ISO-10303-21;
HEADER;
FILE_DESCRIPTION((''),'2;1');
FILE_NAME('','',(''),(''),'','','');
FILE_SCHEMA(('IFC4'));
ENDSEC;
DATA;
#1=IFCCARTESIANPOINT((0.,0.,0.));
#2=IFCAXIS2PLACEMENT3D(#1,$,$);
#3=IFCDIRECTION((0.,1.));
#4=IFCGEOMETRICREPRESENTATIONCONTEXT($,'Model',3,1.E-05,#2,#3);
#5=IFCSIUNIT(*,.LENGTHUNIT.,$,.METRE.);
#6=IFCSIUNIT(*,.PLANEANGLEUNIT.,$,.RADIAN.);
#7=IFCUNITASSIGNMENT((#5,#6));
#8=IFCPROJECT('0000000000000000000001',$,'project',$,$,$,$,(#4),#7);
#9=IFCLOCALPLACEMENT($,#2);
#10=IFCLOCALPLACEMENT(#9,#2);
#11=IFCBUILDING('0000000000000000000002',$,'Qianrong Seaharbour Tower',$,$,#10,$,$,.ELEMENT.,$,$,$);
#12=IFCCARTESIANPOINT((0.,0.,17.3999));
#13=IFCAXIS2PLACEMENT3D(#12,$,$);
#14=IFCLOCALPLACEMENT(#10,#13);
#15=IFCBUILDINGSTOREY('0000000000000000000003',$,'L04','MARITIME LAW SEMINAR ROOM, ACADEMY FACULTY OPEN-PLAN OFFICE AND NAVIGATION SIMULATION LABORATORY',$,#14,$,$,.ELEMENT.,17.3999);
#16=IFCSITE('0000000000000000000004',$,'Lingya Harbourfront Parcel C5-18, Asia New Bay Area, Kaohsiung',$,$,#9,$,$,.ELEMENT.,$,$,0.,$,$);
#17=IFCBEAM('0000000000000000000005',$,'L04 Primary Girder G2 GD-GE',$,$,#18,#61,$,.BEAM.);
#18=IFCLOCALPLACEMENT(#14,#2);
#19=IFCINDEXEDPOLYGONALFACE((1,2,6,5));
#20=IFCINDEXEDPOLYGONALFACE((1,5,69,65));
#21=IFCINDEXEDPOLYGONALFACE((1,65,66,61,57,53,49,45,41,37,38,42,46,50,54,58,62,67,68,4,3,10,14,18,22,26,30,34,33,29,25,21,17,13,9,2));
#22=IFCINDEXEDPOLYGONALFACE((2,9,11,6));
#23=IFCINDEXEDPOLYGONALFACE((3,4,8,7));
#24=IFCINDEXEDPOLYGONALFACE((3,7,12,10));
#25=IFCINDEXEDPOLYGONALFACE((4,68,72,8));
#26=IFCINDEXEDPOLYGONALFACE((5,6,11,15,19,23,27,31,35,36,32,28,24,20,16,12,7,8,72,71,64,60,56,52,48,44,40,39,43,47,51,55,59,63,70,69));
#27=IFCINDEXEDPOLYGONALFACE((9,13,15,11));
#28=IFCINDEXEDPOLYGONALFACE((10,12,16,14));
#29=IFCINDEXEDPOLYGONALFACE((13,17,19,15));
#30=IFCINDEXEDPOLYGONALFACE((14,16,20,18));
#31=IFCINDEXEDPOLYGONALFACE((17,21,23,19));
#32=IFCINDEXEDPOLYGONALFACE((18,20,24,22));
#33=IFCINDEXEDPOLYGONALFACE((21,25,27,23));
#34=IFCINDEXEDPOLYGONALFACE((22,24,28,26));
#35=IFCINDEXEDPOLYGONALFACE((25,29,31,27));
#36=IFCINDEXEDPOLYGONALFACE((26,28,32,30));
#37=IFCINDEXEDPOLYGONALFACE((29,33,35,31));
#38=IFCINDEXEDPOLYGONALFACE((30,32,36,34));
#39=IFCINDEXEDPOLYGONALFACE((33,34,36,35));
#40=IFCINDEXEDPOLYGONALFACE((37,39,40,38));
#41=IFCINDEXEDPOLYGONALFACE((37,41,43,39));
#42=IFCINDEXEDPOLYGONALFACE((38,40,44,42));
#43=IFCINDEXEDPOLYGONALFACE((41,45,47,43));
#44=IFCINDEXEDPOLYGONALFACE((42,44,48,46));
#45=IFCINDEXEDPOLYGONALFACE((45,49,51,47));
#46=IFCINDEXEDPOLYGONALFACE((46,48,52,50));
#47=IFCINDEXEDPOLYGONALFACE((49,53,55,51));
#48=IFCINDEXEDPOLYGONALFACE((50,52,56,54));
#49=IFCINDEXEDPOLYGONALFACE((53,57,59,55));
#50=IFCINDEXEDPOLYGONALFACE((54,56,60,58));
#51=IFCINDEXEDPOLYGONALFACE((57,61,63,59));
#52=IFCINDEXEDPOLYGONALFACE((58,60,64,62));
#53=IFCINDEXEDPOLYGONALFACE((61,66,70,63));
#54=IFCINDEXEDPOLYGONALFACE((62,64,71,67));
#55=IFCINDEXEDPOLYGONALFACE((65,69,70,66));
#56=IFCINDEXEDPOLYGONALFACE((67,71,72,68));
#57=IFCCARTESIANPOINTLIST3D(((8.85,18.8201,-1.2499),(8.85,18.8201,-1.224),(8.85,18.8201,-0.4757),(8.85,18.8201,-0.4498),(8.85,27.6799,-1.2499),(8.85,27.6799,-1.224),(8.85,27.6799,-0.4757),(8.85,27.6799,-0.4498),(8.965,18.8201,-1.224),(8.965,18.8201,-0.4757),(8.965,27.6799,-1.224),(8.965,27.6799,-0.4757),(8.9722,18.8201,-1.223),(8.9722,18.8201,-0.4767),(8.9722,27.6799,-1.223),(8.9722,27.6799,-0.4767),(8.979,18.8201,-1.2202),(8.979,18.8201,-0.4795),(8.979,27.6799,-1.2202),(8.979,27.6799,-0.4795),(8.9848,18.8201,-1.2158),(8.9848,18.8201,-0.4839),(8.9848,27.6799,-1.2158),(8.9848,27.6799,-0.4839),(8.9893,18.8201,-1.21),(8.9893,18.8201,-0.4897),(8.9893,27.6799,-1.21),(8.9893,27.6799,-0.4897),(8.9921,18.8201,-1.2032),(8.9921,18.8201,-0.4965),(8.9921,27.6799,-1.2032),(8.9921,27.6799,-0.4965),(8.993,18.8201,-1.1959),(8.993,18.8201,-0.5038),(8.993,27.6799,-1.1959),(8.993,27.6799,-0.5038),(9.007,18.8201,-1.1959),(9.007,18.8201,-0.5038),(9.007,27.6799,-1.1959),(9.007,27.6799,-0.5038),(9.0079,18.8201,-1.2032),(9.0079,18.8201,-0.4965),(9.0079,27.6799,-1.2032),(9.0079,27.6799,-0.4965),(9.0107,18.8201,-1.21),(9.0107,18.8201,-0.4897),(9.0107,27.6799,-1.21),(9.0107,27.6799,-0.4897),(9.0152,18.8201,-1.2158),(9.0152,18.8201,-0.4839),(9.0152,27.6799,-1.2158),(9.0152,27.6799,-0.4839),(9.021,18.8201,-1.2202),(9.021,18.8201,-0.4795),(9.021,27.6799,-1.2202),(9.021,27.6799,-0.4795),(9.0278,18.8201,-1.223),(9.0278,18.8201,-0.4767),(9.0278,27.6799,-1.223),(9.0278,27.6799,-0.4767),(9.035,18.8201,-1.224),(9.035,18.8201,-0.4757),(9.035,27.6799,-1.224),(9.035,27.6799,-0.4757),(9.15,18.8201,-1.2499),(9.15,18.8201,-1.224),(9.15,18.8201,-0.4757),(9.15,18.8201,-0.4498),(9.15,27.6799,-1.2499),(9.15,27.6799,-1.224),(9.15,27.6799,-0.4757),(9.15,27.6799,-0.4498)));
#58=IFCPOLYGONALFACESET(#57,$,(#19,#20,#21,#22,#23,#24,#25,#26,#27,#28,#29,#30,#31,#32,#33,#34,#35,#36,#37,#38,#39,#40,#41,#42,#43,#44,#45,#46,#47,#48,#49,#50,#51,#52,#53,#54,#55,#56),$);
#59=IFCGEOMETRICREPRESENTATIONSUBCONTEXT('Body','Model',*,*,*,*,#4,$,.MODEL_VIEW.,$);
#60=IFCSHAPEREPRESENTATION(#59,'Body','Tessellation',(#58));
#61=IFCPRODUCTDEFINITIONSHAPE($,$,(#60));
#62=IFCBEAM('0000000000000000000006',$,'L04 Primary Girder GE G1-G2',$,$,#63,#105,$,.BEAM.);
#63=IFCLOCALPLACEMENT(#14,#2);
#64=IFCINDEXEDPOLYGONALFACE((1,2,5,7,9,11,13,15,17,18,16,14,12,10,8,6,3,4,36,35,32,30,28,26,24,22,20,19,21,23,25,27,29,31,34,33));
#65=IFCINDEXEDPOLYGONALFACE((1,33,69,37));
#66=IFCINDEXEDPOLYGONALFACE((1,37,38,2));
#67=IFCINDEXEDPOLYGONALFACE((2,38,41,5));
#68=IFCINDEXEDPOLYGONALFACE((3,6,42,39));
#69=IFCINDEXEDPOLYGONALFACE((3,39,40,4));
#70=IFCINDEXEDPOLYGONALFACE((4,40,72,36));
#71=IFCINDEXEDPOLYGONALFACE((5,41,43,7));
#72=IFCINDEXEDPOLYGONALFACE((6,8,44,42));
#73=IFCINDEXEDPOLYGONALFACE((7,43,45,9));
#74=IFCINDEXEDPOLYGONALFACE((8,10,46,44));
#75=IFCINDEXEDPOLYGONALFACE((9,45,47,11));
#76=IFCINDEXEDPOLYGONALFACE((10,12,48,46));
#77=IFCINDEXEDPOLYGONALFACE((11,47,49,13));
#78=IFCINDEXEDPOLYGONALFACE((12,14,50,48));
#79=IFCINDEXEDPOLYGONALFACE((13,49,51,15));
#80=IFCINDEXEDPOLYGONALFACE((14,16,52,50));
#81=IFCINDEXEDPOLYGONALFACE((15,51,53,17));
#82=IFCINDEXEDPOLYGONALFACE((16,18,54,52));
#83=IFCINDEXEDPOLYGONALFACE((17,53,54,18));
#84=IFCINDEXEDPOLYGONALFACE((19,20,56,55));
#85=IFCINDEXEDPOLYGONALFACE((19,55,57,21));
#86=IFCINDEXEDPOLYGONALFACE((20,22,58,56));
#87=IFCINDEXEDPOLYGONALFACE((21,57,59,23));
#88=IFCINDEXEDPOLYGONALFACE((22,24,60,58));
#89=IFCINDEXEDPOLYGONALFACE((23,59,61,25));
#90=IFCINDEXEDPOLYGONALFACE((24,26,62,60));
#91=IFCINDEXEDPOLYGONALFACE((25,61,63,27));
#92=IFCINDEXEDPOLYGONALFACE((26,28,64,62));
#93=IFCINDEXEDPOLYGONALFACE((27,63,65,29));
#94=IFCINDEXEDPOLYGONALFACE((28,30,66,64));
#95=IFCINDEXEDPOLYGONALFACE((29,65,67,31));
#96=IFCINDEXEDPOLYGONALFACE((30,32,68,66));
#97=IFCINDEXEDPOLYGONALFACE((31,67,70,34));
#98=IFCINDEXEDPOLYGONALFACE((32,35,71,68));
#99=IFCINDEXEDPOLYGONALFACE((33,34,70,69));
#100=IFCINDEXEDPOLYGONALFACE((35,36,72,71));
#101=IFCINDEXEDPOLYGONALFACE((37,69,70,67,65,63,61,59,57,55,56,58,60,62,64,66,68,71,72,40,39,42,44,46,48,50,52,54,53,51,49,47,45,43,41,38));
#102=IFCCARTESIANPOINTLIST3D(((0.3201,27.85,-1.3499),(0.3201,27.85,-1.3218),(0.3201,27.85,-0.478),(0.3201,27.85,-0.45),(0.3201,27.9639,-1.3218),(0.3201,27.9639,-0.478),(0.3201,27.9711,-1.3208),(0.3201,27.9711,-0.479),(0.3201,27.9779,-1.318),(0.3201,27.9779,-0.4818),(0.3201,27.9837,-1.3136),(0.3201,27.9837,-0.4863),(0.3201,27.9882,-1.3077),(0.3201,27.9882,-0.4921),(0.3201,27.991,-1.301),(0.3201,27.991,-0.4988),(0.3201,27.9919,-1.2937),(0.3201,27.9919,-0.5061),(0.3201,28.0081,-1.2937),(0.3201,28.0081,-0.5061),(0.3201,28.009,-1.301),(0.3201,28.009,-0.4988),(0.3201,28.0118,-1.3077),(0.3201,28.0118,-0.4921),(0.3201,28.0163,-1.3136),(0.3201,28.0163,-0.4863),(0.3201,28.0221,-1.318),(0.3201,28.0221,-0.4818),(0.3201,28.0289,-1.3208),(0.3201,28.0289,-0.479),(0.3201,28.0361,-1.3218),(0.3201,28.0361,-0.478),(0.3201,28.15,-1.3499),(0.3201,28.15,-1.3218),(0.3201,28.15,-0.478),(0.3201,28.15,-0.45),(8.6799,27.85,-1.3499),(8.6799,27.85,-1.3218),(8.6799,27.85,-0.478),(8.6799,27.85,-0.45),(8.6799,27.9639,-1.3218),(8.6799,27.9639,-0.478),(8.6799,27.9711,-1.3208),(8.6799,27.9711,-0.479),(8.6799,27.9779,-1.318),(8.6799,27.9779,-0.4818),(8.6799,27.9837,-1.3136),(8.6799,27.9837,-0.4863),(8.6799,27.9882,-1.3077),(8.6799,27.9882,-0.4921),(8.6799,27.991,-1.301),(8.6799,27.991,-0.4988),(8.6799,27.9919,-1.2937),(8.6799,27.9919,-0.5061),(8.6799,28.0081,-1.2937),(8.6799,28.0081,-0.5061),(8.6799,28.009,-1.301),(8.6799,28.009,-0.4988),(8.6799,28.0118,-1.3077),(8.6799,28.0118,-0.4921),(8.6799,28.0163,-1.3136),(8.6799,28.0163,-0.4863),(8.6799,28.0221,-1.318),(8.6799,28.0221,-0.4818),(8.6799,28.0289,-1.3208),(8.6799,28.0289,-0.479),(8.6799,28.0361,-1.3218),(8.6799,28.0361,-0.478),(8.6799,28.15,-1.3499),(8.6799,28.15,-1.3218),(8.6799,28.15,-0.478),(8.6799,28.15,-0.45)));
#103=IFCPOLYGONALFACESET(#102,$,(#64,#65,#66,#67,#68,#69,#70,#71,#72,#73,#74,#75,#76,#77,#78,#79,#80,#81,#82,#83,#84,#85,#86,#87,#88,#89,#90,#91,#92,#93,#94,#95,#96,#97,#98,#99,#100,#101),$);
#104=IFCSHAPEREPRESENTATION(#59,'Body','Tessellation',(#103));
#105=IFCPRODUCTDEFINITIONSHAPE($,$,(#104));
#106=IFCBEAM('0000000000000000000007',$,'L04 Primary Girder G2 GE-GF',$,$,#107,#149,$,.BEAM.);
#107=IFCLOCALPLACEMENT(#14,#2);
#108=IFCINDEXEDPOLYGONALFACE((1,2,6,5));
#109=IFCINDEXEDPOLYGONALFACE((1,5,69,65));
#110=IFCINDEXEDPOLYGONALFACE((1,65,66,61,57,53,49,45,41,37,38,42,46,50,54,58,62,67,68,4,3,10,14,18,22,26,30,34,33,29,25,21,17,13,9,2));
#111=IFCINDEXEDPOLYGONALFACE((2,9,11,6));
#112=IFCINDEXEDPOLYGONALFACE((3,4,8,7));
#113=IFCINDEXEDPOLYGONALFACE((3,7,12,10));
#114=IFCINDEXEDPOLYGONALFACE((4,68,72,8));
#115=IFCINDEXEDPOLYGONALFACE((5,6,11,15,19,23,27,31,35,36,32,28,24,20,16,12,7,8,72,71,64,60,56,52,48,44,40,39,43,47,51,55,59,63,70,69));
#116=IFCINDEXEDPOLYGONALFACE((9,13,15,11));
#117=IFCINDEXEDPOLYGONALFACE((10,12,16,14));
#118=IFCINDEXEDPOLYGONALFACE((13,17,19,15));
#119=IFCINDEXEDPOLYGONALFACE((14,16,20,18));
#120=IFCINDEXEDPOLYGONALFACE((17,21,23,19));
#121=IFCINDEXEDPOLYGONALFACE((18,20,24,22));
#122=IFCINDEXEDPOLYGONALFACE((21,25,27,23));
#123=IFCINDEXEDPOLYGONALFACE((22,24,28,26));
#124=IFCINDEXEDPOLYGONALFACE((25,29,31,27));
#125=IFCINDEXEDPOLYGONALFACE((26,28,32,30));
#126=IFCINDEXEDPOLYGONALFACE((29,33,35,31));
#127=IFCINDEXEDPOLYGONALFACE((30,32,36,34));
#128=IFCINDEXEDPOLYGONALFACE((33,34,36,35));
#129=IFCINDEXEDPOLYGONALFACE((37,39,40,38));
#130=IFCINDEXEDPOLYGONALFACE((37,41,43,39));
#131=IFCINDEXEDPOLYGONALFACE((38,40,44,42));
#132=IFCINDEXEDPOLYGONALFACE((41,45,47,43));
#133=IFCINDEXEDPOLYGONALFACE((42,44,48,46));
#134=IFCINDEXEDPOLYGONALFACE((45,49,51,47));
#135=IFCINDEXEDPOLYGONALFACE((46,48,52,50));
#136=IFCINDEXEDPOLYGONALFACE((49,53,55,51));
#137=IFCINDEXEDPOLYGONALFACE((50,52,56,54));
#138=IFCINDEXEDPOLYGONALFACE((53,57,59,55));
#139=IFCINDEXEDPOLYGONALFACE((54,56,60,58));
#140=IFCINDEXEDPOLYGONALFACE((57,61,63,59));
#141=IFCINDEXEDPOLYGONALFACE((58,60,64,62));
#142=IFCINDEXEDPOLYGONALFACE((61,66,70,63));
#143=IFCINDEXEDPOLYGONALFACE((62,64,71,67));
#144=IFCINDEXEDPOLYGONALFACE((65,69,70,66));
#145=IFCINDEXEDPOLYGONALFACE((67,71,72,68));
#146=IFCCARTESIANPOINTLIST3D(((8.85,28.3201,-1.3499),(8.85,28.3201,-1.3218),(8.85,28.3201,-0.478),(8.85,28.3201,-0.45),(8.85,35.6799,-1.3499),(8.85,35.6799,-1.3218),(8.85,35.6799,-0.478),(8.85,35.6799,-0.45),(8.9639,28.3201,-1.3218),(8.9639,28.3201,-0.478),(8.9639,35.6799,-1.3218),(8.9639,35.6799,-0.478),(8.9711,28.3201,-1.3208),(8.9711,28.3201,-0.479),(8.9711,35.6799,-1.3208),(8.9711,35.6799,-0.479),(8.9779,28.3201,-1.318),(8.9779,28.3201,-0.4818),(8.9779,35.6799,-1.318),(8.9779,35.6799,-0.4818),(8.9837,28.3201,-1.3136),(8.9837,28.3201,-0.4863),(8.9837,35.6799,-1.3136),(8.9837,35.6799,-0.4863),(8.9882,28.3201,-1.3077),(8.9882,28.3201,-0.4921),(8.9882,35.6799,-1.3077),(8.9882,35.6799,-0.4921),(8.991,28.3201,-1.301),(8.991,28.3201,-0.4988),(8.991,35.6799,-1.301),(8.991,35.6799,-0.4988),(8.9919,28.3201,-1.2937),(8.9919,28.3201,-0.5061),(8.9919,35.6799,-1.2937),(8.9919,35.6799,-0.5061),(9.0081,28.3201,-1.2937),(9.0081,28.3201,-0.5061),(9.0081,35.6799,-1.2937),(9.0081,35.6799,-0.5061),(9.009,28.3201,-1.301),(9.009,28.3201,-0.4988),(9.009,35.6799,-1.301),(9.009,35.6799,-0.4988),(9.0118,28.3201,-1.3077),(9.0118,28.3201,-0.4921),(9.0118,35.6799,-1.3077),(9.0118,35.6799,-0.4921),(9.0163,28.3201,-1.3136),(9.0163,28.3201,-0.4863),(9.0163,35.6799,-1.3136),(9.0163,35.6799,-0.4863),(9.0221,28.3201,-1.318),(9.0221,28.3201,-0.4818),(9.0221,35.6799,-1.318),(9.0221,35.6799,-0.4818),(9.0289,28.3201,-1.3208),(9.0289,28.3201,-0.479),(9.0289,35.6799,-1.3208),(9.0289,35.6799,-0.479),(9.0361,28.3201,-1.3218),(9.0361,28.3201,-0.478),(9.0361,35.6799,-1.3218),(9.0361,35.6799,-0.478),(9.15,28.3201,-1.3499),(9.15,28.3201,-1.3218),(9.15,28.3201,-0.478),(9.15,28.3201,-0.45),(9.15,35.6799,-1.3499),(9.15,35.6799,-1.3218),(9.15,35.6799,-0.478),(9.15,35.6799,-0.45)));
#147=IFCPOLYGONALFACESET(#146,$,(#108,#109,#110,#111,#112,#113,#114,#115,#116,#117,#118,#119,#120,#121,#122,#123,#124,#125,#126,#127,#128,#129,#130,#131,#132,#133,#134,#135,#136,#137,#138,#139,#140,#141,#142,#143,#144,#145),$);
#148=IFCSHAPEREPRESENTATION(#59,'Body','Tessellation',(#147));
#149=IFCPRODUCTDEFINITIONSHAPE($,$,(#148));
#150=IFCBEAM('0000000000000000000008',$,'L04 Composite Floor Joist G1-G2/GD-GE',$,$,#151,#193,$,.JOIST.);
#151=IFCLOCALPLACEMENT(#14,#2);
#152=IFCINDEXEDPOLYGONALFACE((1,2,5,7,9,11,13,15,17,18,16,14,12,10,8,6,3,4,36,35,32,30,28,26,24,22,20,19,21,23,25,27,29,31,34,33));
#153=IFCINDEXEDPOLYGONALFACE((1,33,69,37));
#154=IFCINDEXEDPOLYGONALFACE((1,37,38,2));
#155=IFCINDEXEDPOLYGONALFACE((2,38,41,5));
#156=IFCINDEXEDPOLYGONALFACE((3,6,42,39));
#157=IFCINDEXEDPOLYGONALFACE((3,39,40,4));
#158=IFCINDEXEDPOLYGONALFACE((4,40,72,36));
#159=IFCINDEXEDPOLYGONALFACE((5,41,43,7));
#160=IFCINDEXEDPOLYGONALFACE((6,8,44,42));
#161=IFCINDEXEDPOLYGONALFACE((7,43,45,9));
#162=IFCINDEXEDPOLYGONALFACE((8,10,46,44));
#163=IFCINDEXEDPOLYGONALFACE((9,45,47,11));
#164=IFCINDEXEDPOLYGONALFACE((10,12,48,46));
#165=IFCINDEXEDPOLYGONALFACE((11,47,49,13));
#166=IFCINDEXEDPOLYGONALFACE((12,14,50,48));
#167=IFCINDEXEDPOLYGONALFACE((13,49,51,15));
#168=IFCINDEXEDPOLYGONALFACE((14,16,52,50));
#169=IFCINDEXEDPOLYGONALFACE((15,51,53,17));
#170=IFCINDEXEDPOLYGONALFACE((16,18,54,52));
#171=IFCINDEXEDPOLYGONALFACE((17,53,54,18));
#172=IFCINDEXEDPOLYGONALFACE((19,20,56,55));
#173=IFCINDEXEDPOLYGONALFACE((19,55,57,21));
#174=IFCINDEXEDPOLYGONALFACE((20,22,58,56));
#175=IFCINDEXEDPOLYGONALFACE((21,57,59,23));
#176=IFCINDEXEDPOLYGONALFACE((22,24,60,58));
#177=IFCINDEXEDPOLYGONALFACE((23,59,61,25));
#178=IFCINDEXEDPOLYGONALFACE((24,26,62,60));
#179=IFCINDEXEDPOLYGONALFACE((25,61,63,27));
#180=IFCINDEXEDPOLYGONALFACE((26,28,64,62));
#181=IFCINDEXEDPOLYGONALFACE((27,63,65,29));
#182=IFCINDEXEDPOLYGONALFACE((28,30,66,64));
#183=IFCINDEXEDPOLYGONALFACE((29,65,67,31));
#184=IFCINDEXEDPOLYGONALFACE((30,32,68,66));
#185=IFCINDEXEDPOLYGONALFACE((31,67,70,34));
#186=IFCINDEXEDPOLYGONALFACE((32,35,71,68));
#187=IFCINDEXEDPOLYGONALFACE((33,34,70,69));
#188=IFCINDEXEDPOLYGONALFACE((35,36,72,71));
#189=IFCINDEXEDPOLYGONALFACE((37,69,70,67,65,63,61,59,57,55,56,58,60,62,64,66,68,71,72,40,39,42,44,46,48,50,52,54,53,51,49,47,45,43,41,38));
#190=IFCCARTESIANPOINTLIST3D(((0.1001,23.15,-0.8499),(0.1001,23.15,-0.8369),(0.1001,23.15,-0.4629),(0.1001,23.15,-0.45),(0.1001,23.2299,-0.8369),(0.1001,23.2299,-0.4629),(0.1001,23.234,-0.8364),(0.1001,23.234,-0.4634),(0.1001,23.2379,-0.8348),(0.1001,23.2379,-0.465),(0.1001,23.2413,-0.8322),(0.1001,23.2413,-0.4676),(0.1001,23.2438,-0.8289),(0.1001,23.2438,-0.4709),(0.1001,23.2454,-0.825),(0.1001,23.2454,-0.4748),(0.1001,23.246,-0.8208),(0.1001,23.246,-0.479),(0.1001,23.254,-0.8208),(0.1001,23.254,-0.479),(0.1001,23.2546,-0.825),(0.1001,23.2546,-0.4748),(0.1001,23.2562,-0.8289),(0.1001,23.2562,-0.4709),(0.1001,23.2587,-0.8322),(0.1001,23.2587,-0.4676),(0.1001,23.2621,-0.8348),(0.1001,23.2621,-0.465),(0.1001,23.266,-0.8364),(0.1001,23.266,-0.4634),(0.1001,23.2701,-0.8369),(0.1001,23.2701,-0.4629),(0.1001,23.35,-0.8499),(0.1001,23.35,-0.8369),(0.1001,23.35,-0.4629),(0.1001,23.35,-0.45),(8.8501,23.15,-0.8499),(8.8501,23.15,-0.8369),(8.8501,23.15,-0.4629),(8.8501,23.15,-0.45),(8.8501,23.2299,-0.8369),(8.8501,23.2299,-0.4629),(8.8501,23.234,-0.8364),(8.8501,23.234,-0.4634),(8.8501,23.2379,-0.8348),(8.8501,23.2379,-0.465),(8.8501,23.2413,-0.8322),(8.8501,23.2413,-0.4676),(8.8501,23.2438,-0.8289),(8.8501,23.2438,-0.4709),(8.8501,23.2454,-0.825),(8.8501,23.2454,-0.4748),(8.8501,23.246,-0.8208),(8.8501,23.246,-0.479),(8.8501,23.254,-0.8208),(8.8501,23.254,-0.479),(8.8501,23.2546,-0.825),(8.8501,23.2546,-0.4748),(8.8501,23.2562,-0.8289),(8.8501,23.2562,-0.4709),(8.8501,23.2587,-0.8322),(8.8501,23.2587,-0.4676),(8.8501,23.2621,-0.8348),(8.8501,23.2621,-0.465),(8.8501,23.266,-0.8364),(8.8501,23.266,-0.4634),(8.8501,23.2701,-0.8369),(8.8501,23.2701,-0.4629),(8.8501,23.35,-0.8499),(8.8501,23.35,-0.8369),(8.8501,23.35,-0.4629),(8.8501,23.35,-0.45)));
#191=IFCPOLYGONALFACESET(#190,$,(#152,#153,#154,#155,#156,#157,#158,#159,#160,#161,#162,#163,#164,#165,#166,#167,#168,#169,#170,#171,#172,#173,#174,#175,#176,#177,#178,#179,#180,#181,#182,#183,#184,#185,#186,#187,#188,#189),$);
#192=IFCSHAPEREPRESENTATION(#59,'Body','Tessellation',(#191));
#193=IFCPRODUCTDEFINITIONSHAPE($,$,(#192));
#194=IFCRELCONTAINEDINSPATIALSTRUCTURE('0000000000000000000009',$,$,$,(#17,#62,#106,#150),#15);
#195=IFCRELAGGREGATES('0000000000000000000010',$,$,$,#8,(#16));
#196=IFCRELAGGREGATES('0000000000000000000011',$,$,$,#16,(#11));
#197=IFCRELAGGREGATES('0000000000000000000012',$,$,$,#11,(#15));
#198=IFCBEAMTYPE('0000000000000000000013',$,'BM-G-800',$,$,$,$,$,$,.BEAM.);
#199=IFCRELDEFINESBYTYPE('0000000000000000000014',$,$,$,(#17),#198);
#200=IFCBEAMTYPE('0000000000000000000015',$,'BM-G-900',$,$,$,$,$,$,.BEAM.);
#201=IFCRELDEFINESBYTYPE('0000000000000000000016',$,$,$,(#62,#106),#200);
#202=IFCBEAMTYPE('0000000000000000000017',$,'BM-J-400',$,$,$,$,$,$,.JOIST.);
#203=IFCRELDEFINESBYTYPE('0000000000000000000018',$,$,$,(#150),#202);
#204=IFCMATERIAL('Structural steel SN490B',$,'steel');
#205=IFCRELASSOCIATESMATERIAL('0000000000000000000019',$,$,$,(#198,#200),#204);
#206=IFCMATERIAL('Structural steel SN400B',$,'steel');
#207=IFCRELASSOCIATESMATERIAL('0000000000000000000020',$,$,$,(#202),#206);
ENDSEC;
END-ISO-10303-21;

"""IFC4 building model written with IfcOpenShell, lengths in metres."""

from ifc_helpers import new_model, si_unit, direction, frame, origin, origin_2d, place, context, subcontext, project, spatial, i_section, extrude, material, material_profile, profile_set, type_object, element, save


model = new_model("IFC4")

# Units and contexts
model_context = context("Model", 3, precision=1e-05, world=origin(), true_north=direction((0.0, 1.0)))
body_context = subcontext(model_context, "Body", "Model", "MODEL_VIEW")
ifc_project = project(units=[si_unit("LENGTHUNIT", "METRE"), si_unit("PLANEANGLEUNIT", "RADIAN")], contexts=[model_context])

# Site, building, storey
site_placement = place(None, origin())
site = spatial("IfcSite", under=ifc_project, at=site_placement, Name="Lingya Harbourfront Parcel C5-18, Asia New Bay Area, Kaohsiung", CompositionType="ELEMENT", RefElevation=0.0)
building_placement = place(site_placement, origin())
building = spatial("IfcBuilding", under=site, at=building_placement, Name="Qianrong Seaharbour Tower", CompositionType="ELEMENT")
storey_placement = place(building_placement, frame((0.0, 0.0, 17.3999)))
storey = spatial("IfcBuildingStorey", under=building, at=storey_placement, Name="L04", Description="MARITIME LAW SEMINAR ROOM, ACADEMY FACULTY OPEN-PLAN OFFICE AND NAVIGATION SIMULATION LABORATORY", CompositionType="ELEMENT", Elevation=17.3999)

# Shared definitions
ifc_material_1 = material(Name="Structural steel SN490B", Category="steel")

# Beams
ifc_material_profile_1 = material_profile(ifc_material_1, i_section(OverallWidth=0.3, OverallDepth=0.8, WebThickness=0.0139, FlangeThickness=0.0259, FilletRadius=0.0281, at=origin_2d()), Name="H800x300x14x26")
ifc_profile_set_1 = profile_set([ifc_material_profile_1], Name="Structural steel SN490B")
beam_type_1 = type_object("IfcBeamType", Name="BM-G-800", PredefinedType="BEAM", material=ifc_profile_set_1)
beam_1_placement = place(storey_placement, frame((9.0, 18.8201, -0.8499), z_axis=(0.0, 1.0, 0.0), x_axis=(-1.0, 0.0, 0.0)))
element("IfcBeam", 1, at=beam_1_placement, inside=storey, type_object=beam_type_1, Name="L04 Primary Girder G2 GD-GE", PredefinedType="BEAM", context=body_context, shape_type="SweptSolid", body=[
    extrude(i_section(OverallWidth=0.3, OverallDepth=0.8, WebThickness=0.0139, FlangeThickness=0.0259, FilletRadius=0.0281, at=origin_2d()), origin(), (0.0, 0.0, 1.0), 8.8599),
])
ifc_material_profile_2 = material_profile(ifc_material_1, i_section(OverallWidth=0.3, OverallDepth=0.8999, WebThickness=0.0161, FlangeThickness=0.0281, FilletRadius=0.0281, at=origin_2d()), Name="H900x300x16x28")
ifc_profile_set_2 = profile_set([ifc_material_profile_2], Name="Structural steel SN490B")
beam_type_2 = type_object("IfcBeamType", Name="BM-G-900", PredefinedType="BEAM", material=ifc_profile_set_2)
beam_2_placement = place(storey_placement, frame((0.3201, 28.0, -0.8999), z_axis=(1.0, 0.0, 0.0), x_axis=(0.0, 1.0, 0.0)))
element("IfcBeam", 2, at=beam_2_placement, inside=storey, type_object=beam_type_2, Name="L04 Primary Girder GE G1-G2", PredefinedType="BEAM", context=body_context, shape_type="SweptSolid", body=[
    extrude(i_section(OverallWidth=0.3, OverallDepth=0.8999, WebThickness=0.0161, FlangeThickness=0.0281, FilletRadius=0.0281, at=origin_2d()), origin(), (0.0, 0.0, 1.0), 8.3599),
])
beam_3_placement = place(storey_placement, frame((9.0, 28.3201, -0.8999), z_axis=(0.0, 1.0, 0.0), x_axis=(-1.0, 0.0, 0.0)))
element("IfcBeam", 3, at=beam_3_placement, inside=storey, type_object=beam_type_2, Name="L04 Primary Girder G2 GE-GF", PredefinedType="BEAM", context=body_context, shape_type="SweptSolid", body=[
    extrude(i_section(OverallWidth=0.3, OverallDepth=0.8999, WebThickness=0.0161, FlangeThickness=0.0281, FilletRadius=0.0281, at=origin_2d()), origin(), (0.0, 0.0, 1.0), 7.3599),
])
ifc_material_2 = material(Name="Structural steel SN400B", Category="steel")
ifc_material_profile_3 = material_profile(ifc_material_2, i_section(OverallWidth=0.2, OverallDepth=0.3999, WebThickness=0.0081, FlangeThickness=0.0129, FilletRadius=0.0161, at=origin_2d()), Name="H400x200x8x13")
ifc_profile_set_3 = profile_set([ifc_material_profile_3], Name="Structural steel SN400B")
beam_type_3 = type_object("IfcBeamType", Name="BM-J-400", PredefinedType="JOIST", material=ifc_profile_set_3)
for number, where, z_axis, x_axis, name in (
    (4, (0.1001, 23.25, -0.6499), (1.0, 0.0, 0.0), (0.0, 1.0, 0.0), "L04 Composite Floor Joist G1-G2/GD-GE"),
):
    element("IfcBeam", number, at=place(storey_placement, frame(where, z_axis=z_axis, x_axis=x_axis)), inside=storey, type_object=beam_type_3, Name=name, PredefinedType="JOIST", context=body_context, shape_type="SweptSolid", body=[
        extrude(i_section(OverallWidth=0.2, OverallDepth=0.3999, WebThickness=0.0081, FlangeThickness=0.0129, FilletRadius=0.0161, at=origin_2d()), origin(), (0.0, 0.0, 1.0), 8.75),
    ])

save(model, "model.ifc")
